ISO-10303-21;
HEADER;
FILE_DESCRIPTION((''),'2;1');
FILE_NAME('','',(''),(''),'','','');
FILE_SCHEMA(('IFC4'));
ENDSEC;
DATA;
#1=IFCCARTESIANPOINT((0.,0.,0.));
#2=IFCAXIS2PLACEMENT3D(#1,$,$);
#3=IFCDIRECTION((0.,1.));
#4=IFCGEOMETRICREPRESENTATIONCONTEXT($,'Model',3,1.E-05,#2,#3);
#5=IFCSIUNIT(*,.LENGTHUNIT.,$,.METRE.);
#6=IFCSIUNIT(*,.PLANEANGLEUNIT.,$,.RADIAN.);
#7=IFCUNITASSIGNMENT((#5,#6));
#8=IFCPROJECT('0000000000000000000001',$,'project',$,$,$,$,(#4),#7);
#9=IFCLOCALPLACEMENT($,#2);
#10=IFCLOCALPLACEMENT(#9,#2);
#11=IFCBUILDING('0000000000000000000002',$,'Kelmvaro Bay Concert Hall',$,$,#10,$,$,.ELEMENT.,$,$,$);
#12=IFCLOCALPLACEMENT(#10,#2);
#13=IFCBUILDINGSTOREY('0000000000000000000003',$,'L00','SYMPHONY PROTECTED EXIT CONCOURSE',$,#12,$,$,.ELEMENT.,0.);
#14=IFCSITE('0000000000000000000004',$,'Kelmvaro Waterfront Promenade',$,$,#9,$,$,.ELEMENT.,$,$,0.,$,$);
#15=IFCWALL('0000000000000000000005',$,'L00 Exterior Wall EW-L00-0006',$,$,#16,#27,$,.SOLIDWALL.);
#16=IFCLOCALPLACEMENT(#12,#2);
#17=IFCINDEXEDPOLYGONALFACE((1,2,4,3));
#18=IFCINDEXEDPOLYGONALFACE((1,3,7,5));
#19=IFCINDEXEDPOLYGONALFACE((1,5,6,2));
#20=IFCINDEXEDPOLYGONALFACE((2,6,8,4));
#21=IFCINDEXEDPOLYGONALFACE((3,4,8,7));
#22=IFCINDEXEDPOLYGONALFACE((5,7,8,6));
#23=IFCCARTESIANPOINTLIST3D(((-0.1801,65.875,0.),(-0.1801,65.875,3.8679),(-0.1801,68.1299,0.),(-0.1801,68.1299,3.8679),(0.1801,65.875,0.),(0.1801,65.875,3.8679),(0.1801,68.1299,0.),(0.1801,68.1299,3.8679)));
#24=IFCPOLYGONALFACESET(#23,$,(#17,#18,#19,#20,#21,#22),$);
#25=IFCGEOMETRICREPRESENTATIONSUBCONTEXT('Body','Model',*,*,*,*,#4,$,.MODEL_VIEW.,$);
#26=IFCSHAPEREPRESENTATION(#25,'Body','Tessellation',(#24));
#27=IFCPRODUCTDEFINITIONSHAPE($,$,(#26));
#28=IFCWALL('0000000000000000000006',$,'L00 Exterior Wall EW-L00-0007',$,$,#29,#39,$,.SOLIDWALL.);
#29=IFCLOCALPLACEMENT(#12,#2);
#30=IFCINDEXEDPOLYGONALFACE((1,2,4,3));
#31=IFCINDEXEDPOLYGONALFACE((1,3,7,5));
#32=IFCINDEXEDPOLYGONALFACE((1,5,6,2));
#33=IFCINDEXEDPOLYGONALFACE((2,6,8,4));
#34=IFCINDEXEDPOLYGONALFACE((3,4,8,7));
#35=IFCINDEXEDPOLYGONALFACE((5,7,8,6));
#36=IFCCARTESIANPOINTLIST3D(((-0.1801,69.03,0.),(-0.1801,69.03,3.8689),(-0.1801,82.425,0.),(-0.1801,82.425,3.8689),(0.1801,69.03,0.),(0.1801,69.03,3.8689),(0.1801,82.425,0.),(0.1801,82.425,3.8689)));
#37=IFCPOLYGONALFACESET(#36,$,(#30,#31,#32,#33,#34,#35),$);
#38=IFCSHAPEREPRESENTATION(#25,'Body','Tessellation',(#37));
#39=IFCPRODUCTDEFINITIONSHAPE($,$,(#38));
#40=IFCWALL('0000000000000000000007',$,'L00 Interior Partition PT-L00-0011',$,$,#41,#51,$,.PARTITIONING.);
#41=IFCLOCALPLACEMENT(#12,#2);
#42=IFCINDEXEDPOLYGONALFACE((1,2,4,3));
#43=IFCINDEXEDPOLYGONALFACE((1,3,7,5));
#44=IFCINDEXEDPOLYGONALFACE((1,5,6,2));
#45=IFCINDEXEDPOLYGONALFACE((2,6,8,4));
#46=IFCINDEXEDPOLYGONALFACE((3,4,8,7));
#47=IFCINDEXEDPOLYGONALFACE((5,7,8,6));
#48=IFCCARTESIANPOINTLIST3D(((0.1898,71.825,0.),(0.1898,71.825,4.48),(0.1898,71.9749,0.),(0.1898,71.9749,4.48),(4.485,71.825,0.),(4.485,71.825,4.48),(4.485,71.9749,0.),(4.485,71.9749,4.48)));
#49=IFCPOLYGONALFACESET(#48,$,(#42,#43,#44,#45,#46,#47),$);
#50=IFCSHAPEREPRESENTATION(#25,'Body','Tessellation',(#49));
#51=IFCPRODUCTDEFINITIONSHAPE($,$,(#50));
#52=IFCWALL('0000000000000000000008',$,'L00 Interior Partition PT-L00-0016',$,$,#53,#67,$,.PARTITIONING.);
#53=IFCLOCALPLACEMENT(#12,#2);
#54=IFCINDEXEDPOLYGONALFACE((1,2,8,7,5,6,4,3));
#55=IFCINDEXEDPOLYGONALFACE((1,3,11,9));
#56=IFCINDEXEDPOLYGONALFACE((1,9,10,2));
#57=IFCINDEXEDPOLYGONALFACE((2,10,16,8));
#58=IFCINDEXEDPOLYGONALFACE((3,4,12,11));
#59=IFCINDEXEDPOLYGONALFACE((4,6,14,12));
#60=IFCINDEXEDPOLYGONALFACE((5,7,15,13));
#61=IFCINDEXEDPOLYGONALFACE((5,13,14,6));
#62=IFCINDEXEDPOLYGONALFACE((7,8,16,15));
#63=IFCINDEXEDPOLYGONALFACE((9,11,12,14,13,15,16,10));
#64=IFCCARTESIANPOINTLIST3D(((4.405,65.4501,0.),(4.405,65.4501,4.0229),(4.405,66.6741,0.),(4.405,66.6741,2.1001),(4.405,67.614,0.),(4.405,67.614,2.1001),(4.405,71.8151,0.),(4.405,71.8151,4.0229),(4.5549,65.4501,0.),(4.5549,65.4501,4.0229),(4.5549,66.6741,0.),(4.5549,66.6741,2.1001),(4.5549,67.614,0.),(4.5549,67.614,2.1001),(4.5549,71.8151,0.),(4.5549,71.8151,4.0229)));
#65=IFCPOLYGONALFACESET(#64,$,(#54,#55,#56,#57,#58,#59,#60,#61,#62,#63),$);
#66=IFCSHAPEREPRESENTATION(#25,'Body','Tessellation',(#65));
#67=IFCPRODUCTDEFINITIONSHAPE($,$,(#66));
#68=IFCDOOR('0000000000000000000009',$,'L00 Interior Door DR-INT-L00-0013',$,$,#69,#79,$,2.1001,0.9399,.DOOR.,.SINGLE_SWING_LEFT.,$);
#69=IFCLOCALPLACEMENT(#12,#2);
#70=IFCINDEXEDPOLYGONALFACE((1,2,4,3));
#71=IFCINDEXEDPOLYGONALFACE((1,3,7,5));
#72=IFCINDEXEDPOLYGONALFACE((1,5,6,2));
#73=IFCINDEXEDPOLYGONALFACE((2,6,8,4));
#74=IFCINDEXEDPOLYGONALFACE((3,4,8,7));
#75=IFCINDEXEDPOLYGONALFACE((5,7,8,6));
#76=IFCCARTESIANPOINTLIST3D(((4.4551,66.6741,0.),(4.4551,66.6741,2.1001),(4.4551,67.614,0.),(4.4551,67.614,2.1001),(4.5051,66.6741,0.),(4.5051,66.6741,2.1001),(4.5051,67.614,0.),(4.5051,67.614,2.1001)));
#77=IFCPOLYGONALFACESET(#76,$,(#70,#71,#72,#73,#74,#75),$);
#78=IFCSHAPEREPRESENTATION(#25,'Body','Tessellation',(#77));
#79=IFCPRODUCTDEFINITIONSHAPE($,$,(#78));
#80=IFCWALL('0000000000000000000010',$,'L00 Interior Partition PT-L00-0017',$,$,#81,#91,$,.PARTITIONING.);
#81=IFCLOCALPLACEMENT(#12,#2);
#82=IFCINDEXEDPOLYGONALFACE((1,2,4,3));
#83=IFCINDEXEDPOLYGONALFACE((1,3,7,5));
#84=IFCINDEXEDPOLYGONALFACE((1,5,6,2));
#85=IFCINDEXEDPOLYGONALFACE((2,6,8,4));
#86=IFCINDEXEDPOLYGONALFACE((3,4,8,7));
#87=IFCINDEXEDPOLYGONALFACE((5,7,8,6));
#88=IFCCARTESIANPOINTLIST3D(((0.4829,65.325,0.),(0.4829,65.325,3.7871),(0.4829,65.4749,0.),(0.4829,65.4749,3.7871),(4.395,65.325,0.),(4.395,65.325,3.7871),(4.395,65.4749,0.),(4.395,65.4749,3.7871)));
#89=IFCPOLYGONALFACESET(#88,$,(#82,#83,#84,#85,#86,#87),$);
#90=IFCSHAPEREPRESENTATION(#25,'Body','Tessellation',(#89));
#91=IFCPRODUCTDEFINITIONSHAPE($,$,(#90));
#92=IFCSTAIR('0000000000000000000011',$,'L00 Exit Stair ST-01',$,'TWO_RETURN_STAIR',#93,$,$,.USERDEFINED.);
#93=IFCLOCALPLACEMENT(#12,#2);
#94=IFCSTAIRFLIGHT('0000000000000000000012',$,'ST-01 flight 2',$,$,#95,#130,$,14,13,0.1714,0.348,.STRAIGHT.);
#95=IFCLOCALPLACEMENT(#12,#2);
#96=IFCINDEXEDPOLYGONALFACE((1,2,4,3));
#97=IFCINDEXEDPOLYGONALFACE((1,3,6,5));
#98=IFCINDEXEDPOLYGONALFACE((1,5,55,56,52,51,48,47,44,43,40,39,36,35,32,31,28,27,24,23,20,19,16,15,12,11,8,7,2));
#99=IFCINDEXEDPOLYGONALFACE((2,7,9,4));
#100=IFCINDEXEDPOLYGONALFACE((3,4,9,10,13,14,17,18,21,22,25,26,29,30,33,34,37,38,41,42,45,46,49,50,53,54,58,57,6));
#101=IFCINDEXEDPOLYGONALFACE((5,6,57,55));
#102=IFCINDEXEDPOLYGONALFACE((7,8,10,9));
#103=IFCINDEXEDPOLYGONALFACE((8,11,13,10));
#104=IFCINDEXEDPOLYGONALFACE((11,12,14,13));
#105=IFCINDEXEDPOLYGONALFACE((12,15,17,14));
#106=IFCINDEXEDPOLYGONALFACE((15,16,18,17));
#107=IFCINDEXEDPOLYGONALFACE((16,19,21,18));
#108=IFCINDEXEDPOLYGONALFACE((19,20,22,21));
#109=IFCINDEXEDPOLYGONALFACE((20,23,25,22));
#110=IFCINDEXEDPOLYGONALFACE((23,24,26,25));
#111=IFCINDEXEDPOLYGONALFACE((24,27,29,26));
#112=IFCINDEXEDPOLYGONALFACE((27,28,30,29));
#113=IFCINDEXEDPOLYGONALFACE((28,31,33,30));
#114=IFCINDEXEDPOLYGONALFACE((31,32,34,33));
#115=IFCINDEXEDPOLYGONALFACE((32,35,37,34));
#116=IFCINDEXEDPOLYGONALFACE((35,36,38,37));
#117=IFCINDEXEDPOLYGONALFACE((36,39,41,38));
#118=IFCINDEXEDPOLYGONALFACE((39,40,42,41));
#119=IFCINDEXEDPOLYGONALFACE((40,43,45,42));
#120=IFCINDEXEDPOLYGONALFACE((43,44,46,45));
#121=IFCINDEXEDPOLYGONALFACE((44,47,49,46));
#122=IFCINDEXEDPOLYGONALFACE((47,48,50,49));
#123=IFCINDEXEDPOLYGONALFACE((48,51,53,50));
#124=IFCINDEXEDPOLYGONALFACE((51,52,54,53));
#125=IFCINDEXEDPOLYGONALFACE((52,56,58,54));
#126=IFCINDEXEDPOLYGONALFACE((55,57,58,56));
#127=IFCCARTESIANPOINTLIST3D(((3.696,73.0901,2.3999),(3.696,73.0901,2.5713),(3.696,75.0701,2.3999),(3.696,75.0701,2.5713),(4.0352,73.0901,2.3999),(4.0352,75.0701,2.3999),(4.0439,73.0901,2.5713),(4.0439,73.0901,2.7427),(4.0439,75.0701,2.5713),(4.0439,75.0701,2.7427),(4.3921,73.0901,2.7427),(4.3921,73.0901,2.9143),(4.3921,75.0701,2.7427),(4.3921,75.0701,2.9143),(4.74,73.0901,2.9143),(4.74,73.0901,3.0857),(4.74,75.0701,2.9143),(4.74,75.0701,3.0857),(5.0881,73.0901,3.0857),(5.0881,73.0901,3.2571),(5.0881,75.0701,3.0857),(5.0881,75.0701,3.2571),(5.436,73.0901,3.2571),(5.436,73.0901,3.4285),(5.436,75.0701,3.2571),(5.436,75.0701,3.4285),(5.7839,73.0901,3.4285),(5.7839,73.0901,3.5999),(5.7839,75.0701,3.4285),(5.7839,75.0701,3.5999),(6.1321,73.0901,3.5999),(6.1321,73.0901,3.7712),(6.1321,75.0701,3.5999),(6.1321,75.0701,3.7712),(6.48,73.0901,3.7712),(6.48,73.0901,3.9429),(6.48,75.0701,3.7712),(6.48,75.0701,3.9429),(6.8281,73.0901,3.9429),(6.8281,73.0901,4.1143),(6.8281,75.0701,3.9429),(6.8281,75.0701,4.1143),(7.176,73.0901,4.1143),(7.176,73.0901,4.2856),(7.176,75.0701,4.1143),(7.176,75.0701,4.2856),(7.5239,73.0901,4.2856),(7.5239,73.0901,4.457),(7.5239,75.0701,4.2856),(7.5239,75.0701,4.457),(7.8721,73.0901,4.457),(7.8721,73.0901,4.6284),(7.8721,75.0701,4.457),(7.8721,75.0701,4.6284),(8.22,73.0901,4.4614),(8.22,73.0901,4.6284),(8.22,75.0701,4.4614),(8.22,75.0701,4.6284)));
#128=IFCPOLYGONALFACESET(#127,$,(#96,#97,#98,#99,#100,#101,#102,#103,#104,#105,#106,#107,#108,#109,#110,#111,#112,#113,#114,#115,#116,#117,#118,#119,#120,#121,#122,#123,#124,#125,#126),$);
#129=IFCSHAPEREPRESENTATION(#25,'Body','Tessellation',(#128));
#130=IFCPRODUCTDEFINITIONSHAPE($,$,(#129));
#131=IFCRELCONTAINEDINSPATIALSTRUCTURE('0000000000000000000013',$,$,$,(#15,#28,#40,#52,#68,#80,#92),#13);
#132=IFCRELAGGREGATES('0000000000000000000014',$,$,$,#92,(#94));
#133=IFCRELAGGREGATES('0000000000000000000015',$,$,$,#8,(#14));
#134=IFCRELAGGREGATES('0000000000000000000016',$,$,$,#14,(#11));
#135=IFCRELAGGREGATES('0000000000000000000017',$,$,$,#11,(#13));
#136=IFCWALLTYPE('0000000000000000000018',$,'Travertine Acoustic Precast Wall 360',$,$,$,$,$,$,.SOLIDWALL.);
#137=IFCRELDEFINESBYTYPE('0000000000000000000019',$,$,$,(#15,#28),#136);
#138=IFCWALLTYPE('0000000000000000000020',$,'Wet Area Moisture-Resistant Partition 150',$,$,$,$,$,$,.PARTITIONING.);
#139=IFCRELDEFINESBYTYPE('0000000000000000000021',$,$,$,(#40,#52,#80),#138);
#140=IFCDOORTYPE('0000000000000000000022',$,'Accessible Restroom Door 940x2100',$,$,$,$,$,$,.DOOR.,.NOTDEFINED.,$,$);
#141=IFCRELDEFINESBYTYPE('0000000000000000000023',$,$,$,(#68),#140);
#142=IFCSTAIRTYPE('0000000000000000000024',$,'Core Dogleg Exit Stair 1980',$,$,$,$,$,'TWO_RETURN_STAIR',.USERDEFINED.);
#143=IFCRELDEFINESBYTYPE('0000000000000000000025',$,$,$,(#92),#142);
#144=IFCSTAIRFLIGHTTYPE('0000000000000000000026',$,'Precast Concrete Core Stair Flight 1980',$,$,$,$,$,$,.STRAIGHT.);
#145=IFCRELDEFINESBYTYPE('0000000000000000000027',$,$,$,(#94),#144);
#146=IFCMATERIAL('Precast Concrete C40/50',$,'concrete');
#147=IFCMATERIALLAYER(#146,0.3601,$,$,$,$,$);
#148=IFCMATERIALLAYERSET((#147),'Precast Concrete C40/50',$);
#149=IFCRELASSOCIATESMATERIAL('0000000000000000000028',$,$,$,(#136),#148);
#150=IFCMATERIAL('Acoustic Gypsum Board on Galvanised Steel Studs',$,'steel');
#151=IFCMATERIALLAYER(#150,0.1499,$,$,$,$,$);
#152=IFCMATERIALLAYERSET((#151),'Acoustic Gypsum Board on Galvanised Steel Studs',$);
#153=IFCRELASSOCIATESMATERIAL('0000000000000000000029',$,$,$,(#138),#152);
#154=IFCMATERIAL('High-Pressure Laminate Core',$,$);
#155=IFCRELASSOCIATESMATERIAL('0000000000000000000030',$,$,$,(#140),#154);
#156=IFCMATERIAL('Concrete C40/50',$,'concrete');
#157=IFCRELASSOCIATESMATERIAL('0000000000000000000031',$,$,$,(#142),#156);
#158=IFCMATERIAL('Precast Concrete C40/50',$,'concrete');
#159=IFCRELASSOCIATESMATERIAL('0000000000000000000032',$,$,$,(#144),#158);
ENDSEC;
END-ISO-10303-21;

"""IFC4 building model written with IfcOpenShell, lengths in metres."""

from ifc_helpers import new_model, si_unit, direction, frame, frame_2d, origin, place, context, subcontext, project, spatial, polyline, rectangle, outline, extrude, material, layer, layer_set, type_object, element, fill, aggregate, save


model = new_model("IFC4")

# Units and contexts
model_context = context("Model", 3, precision=1e-05, world=origin(), true_north=direction((0.0, 1.0)))
body_context = subcontext(model_context, "Body", "Model", "MODEL_VIEW")
ifc_project = project(units=[si_unit("LENGTHUNIT", "METRE"), si_unit("PLANEANGLEUNIT", "RADIAN")], contexts=[model_context])

# Site, building, storey
site_placement = place(None, origin())
site = spatial("IfcSite", under=ifc_project, at=site_placement, Name="Kelmvaro Waterfront Promenade", CompositionType="ELEMENT", RefElevation=0.0)
building_placement = place(site_placement, origin())
building = spatial("IfcBuilding", under=site, at=building_placement, Name="Kelmvaro Bay Concert Hall", CompositionType="ELEMENT")
storey_placement = place(building_placement, origin())
storey = spatial("IfcBuildingStorey", under=building, at=storey_placement, Name="L00", Description="SYMPHONY PROTECTED EXIT CONCOURSE", CompositionType="ELEMENT", Elevation=0.0)

# Walls
ifc_material_1 = material(Name="Precast Concrete C40/50", Category="concrete")
ifc_layer_1 = layer(ifc_material_1, 0.3601)
ifc_layer_set_1 = layer_set([ifc_layer_1], Name="Precast Concrete C40/50")
wall_type_1 = type_object("IfcWallType", Name="Travertine Acoustic Precast Wall 360", PredefinedType="SOLIDWALL", material=ifc_layer_set_1)
wall_1_placement = place(storey_placement, frame((0.0, 65.875, 0.0), z_axis=(0.0, 0.0, 1.0), x_axis=(0.0, 1.0, 0.0)))
element("IfcWall", 1, at=wall_1_placement, inside=storey, type_object=wall_type_1, Name="L00 Exterior Wall EW-L00-0006", PredefinedType="SOLIDWALL", context=body_context, shape_type="SweptSolid", body=[
    extrude(rectangle(XDim=2.2549, YDim=0.3601, at=frame_2d((1.1274, 0.0))), origin(), (0.0, 0.0, 1.0), 3.8679),
])
wall_2_placement = place(storey_placement, frame((0.0, 69.03, 0.0), z_axis=(0.0, 0.0, 1.0), x_axis=(0.0, 1.0, 0.0)))
element("IfcWall", 2, at=wall_2_placement, inside=storey, type_object=wall_type_1, Name="L00 Exterior Wall EW-L00-0007", PredefinedType="SOLIDWALL", context=body_context, shape_type="SweptSolid", body=[
    extrude(rectangle(XDim=13.395, YDim=0.3601, at=frame_2d((6.6975, 0.0))), origin(), (0.0, 0.0, 1.0), 3.8689),
])
ifc_material_2 = material(Name="Acoustic Gypsum Board on Galvanised Steel Studs", Category="steel")
ifc_layer_2 = layer(ifc_material_2, 0.1499)
ifc_layer_set_2 = layer_set([ifc_layer_2], Name="Acoustic Gypsum Board on Galvanised Steel Studs")
wall_type_2 = type_object("IfcWallType", Name="Wet Area Moisture-Resistant Partition 150", PredefinedType="PARTITIONING", material=ifc_layer_set_2)
wall_3_placement = place(storey_placement, frame((0.1899, 71.8999, 0.0), z_axis=(0.0, 0.0, 1.0), x_axis=(1.0, 0.0, 0.0)))
element("IfcWall", 3, at=wall_3_placement, inside=storey, type_object=wall_type_2, Name="L00 Interior Partition PT-L00-0011", PredefinedType="PARTITIONING", context=body_context, shape_type="SweptSolid", body=[
    extrude(rectangle(XDim=4.2952, YDim=0.1499, at=frame_2d((2.1475, 0.0))), origin(), (0.0, 0.0, 1.0), 4.48),
])

# Wall, opening, door
wall_4_placement = place(storey_placement, frame((4.48, 65.45, 0.0), z_axis=(0.0, 0.0, 1.0), x_axis=(0.0, 1.0, 0.0)))
wall_4 = element("IfcWall", 4, at=wall_4_placement, inside=storey, type_object=wall_type_2, Name="L00 Interior Partition PT-L00-0016", PredefinedType="PARTITIONING", context=body_context, shape_type="SweptSolid", body=[
    extrude(rectangle(XDim=6.365, YDim=0.1499, at=frame_2d((3.1826, 0.0))), origin(), (0.0, 0.0, 1.0), 4.0229),
])
opening_placement = place(wall_4_placement, frame((1.2241, 0.0, 0.0)))
opening = element("IfcOpeningElement", 5, at=opening_placement, cuts=wall_4, PredefinedType="OPENING", context=body_context, shape_type="SweptSolid", body=[
    extrude(rectangle(XDim=0.9399, YDim=2.1001, at=frame_2d((0.47, 1.05))), frame((0.0, 0.085, 0.0), z_axis=(0.0, -1.0, 0.0), x_axis=(1.0, 0.0, 0.0)), (0.0, 0.0, 1.0), 0.1699),
])
ifc_material_3 = material(Name="High-Pressure Laminate Core")
door_type = type_object("IfcDoorType", Name="Accessible Restroom Door 940x2100", OperationType="NOTDEFINED", PredefinedType="DOOR", material=ifc_material_3)
door_placement = place(opening_placement, origin())
door = element("IfcDoor", 6, at=door_placement, inside=storey, type_object=door_type, Name="L00 Interior Door DR-INT-L00-0013", OperationType="SINGLE_SWING_LEFT", OverallHeight=2.1001, OverallWidth=0.9399, PredefinedType="DOOR", context=body_context, shape_type="SweptSolid", body=[
    extrude(rectangle(XDim=0.9399, YDim=2.1001, at=frame_2d((0.47, 1.05))), frame((0.0, 0.0249, 0.0), z_axis=(0.0, -1.0, 0.0), x_axis=(1.0, 0.0, 0.0)), (0.0, 0.0, 1.0), 0.05),
])
fill(opening, door)

# Wall
wall_5_placement = place(storey_placement, frame((0.4829, 65.3999, 0.0), z_axis=(0.0, 0.0, 1.0), x_axis=(1.0, 0.0, 0.0)))
element("IfcWall", 7, at=wall_5_placement, inside=storey, type_object=wall_type_2, Name="L00 Interior Partition PT-L00-0017", PredefinedType="PARTITIONING", context=body_context, shape_type="SweptSolid", body=[
    extrude(rectangle(XDim=3.9121, YDim=0.1499, at=frame_2d((1.9561, 0.0))), origin(), (0.0, 0.0, 1.0), 3.7871),
])

# Stair, stair flight
ifc_material_4 = material(Name="Concrete C40/50", Category="concrete")
stair_type = type_object("IfcStairType", Name="Core Dogleg Exit Stair 1980", ElementType="TWO_RETURN_STAIR", PredefinedType="USERDEFINED", material=ifc_material_4)
stair_placement = place(storey_placement, origin())
stair = element("IfcStair", 8, at=stair_placement, inside=storey, type_object=stair_type, Name="L00 Exit Stair ST-01", ObjectType="TWO_RETURN_STAIR", PredefinedType="USERDEFINED")
ifc_material_5 = material(Name="Precast Concrete C40/50", Category="concrete")
stair_flight_type = type_object("IfcStairFlightType", Name="Precast Concrete Core Stair Flight 1980", PredefinedType="STRAIGHT", material=ifc_material_5)
stair_flight_placement = place(storey_placement, frame((3.696, 74.0801, 2.3999), z_axis=(0.0, 0.0, 1.0), x_axis=(1.0, 0.0, 0.0)))
stair_flight = element("IfcStairFlight", 9, at=stair_flight_placement, type_object=stair_flight_type, Name="ST-01 flight 2", NumberOfRisers=14, NumberOfTreads=13, PredefinedType="STRAIGHT", RiserHeight=0.1714, TreadLength=0.348, context=body_context, shape_type="SweptSolid", body=[
    extrude(outline(polyline([(0.0, 0.0), (0.0, 0.1714), (0.3479, 0.1714), (0.3479, 0.3428), (0.696, 0.3428), (0.696, 0.5144), (1.0439, 0.5144), (1.0439, 0.6858), (1.3921, 0.6858), (1.3921, 0.8572), (1.74, 0.8572), (1.74, 1.0286), (2.0879, 1.0286), (2.0879, 1.2), (2.436, 1.2), (2.436, 1.3713), (2.7839, 1.3713), (2.7839, 1.543), (3.1321, 1.543), (3.1321, 1.7144), (3.48, 1.7144), (3.48, 1.8857), (3.8279, 1.8857), (3.8279, 2.0571), (4.176, 2.0571), (4.176, 2.2285), (4.5239, 2.2285), (4.5239, 2.3999), (4.5239, 2.0615), (0.3391, 0.0), (0.0, 0.0)])), frame((0.0, 0.99, 0.0), z_axis=(0.0, -1.0, 0.0), x_axis=(1.0, 0.0, 0.0)), (0.0, 0.0, 1.0), 1.98),
])
aggregate(stair, [stair_flight])

save(model, "model.ifc")
